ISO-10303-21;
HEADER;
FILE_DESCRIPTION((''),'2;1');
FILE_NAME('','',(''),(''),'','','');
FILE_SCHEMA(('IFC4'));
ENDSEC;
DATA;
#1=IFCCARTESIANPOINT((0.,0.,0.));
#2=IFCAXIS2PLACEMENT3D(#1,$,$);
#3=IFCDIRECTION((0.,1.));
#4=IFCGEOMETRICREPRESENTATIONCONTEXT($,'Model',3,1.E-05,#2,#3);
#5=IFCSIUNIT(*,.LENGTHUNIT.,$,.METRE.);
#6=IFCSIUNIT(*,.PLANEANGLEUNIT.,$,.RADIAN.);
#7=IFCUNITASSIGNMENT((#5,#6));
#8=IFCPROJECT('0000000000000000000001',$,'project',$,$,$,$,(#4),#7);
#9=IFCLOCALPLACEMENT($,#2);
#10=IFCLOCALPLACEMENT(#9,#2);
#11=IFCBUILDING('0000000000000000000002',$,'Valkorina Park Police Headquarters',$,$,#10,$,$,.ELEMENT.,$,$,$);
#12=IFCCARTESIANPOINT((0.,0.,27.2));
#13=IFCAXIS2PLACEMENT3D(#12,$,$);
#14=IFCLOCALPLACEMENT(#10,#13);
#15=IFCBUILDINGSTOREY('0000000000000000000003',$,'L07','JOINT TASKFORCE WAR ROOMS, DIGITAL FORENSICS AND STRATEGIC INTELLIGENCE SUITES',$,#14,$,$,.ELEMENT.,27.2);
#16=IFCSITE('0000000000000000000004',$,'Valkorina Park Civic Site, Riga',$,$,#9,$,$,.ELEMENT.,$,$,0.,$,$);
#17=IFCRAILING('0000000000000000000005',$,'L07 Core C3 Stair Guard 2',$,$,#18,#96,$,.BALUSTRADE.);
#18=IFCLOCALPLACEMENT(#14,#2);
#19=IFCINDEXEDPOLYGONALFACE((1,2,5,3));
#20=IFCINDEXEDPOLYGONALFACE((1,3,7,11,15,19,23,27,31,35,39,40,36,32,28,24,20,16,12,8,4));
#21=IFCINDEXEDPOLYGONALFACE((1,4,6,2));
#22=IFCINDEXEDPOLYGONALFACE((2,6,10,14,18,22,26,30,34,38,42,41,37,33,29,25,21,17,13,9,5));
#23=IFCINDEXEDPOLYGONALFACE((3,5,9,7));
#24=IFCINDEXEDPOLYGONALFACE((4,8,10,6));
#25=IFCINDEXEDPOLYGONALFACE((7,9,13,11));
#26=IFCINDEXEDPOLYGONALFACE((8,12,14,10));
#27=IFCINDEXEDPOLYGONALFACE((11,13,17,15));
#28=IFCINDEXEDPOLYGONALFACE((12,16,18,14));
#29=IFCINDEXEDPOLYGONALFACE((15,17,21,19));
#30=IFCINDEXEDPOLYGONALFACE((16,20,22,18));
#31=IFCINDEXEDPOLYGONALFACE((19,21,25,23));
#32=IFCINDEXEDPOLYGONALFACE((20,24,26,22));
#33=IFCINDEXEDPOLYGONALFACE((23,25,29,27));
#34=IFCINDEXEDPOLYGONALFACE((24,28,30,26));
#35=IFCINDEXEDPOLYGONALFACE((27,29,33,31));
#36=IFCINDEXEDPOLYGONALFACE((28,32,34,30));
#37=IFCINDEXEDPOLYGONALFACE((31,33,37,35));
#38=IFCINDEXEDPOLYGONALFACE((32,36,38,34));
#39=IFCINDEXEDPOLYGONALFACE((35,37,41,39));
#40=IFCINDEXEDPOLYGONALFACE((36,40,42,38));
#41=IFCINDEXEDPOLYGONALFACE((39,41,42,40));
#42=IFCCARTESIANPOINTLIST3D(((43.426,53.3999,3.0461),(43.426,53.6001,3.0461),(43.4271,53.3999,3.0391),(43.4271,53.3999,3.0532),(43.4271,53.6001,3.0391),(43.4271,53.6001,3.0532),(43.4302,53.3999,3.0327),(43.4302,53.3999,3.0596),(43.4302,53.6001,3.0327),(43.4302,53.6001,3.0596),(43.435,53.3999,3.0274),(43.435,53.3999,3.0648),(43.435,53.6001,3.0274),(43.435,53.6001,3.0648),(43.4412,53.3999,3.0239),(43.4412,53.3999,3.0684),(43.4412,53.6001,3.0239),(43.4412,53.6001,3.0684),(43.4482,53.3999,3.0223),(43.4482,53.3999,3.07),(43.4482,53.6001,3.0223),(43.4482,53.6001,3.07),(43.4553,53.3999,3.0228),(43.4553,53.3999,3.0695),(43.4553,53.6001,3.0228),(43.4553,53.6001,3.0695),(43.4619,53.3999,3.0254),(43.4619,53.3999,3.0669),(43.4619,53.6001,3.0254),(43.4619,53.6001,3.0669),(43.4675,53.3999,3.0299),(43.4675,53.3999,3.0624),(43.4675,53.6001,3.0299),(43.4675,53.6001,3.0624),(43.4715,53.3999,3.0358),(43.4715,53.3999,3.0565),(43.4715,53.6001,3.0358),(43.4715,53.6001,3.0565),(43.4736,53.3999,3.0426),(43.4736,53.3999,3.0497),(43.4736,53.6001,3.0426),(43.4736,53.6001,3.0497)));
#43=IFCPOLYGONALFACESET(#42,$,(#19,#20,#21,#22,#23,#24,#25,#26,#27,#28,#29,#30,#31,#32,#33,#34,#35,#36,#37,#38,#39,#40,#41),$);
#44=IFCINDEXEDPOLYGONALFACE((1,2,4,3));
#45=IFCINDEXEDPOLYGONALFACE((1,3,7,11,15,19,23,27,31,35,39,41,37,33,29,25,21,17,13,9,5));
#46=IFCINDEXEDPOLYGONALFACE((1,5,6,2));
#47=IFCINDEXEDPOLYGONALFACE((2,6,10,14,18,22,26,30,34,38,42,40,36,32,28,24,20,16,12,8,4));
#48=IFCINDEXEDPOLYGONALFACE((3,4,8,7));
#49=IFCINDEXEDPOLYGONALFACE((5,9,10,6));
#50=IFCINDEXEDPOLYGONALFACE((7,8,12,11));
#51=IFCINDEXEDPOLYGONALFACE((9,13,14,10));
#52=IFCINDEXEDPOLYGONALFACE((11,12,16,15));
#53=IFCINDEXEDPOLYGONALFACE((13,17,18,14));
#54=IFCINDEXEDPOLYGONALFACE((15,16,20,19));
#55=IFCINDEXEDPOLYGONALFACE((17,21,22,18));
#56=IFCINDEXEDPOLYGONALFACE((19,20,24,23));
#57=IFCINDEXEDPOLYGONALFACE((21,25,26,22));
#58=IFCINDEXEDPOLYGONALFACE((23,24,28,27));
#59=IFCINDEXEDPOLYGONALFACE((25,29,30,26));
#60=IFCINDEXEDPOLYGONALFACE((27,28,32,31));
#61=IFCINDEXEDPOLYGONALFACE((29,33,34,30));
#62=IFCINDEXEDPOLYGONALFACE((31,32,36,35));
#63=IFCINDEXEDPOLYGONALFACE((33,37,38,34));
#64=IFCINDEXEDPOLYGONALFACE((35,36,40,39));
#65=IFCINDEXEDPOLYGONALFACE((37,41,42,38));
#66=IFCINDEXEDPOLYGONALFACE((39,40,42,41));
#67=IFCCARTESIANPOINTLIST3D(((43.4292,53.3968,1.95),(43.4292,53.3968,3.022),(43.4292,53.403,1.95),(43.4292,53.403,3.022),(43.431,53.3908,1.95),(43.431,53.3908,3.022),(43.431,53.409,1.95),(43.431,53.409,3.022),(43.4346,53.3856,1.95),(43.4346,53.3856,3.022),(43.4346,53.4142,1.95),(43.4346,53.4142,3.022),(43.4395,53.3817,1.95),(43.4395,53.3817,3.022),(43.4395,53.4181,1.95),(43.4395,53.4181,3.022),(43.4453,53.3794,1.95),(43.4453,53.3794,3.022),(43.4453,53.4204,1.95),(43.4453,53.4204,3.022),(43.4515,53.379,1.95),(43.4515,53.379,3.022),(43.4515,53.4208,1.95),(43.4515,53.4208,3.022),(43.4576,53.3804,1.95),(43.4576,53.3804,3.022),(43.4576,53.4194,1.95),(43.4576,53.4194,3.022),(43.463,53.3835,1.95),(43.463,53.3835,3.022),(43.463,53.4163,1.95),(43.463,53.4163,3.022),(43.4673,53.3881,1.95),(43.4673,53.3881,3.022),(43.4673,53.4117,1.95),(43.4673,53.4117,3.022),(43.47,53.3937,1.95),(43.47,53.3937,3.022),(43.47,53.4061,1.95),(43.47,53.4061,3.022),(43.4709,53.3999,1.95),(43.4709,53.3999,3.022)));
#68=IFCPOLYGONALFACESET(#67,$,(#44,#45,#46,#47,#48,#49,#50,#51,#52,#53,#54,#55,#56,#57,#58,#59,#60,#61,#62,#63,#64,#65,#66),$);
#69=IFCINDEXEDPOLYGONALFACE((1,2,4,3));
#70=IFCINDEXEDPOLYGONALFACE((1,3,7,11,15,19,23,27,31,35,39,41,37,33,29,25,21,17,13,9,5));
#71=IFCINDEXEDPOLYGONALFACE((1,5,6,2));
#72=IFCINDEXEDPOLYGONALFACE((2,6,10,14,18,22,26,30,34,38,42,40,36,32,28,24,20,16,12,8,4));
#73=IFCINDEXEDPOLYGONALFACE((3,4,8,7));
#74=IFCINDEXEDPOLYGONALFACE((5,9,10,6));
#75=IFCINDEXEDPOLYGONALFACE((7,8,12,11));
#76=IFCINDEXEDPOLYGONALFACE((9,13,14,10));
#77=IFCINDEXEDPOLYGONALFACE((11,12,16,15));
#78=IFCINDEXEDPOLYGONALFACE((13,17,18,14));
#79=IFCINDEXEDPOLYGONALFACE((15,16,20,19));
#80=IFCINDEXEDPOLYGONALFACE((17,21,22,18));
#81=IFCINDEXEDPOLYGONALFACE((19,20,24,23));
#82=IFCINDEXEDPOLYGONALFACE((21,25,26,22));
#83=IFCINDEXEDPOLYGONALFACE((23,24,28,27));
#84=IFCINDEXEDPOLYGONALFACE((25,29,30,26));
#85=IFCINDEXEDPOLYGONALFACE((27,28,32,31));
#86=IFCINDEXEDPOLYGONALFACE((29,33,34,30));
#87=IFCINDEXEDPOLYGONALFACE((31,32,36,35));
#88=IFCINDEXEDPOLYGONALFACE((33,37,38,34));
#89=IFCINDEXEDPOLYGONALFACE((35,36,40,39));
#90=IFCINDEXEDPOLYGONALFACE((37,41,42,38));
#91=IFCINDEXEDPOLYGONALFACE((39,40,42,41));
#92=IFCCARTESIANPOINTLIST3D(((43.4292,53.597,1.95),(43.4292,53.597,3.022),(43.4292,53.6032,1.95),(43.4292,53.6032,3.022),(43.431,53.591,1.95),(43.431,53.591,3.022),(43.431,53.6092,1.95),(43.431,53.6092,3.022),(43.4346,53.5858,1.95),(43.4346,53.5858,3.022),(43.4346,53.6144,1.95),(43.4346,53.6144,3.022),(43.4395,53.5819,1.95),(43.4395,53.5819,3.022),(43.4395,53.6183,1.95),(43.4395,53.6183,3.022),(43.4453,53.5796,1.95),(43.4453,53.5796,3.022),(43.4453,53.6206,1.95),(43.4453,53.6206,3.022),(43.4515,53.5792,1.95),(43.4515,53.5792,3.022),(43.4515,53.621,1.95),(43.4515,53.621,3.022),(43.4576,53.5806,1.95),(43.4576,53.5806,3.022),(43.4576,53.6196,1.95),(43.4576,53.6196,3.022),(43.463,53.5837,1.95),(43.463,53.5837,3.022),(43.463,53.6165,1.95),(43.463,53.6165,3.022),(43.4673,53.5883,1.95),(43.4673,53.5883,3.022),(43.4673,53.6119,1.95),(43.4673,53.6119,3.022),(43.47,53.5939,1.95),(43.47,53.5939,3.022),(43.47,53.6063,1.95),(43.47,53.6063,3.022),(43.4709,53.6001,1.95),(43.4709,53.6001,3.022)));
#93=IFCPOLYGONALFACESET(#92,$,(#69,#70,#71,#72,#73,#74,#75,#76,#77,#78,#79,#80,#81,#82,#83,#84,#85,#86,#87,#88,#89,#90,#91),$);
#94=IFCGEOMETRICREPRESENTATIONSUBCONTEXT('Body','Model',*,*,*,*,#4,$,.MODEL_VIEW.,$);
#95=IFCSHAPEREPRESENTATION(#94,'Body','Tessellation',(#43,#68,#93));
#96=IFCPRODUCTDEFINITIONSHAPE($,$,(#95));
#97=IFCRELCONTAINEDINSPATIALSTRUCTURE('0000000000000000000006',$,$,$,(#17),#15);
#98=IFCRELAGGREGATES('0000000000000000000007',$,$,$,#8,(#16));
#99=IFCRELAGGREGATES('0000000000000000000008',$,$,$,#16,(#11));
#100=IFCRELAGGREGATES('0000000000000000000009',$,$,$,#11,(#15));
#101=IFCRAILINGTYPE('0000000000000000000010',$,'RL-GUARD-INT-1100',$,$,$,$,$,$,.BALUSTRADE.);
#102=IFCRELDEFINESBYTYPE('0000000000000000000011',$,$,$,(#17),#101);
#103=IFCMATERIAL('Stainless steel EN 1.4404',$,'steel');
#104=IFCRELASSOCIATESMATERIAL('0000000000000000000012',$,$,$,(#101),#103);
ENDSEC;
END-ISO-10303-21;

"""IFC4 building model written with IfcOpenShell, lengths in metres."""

from ifc_helpers import new_model, si_unit, direction, frame, origin, origin_2d, place, context, subcontext, project, spatial, circle, extrude, material, type_object, element, save


model = new_model("IFC4")

# Units and contexts
model_context = context("Model", 3, precision=1e-05, world=origin(), true_north=direction((0.0, 1.0)))
body_context = subcontext(model_context, "Body", "Model", "MODEL_VIEW")
ifc_project = project(units=[si_unit("LENGTHUNIT", "METRE"), si_unit("PLANEANGLEUNIT", "RADIAN")], contexts=[model_context])

# Site, building, storey
site_placement = place(None, origin())
site = spatial("IfcSite", under=ifc_project, at=site_placement, Name="Valkorina Park Civic Site, Riga", CompositionType="ELEMENT", RefElevation=0.0)
building_placement = place(site_placement, origin())
building = spatial("IfcBuilding", under=site, at=building_placement, Name="Valkorina Park Police Headquarters", CompositionType="ELEMENT")
storey_placement = place(building_placement, frame((0.0, 0.0, 27.2)))
storey = spatial("IfcBuildingStorey", under=building, at=storey_placement, Name="L07", Description="JOINT TASKFORCE WAR ROOMS, DIGITAL FORENSICS AND STRATEGIC INTELLIGENCE SUITES", CompositionType="ELEMENT", Elevation=27.2)

# Railing
ifc_material_1 = material(Name="Stainless steel EN 1.4404", Category="steel")
railing_type_1 = type_object("IfcRailingType", Name="RL-GUARD-INT-1100", PredefinedType="BALUSTRADE", material=ifc_material_1)
railing_1_placement = place(storey_placement, frame((43.45, 53.3999, 1.95)))
element("IfcRailing", 1, at=railing_1_placement, inside=storey, type_object=railing_type_1, Name="L07 Core C3 Stair Guard 2", PredefinedType="BALUSTRADE", context=body_context, shape_type="SweptSolid", body=[
    extrude(circle(Radius=0.0239, at=origin_2d()), frame((0.0, 0.0, 1.0962), z_axis=(0.0, 1.0, 0.0), x_axis=(-1.0, 0.0, 0.0)), (0.0, 0.0, 1.0), 0.2002),
    extrude(circle(Radius=0.021, at=origin_2d()), origin(), (0.0, 0.0, 1.0), 1.072),
    extrude(circle(Radius=0.021, at=origin_2d()), frame((0.0, 0.2002, 0.0)), (0.0, 0.0, 1.0), 1.072),
])

save(model, "model.ifc")
